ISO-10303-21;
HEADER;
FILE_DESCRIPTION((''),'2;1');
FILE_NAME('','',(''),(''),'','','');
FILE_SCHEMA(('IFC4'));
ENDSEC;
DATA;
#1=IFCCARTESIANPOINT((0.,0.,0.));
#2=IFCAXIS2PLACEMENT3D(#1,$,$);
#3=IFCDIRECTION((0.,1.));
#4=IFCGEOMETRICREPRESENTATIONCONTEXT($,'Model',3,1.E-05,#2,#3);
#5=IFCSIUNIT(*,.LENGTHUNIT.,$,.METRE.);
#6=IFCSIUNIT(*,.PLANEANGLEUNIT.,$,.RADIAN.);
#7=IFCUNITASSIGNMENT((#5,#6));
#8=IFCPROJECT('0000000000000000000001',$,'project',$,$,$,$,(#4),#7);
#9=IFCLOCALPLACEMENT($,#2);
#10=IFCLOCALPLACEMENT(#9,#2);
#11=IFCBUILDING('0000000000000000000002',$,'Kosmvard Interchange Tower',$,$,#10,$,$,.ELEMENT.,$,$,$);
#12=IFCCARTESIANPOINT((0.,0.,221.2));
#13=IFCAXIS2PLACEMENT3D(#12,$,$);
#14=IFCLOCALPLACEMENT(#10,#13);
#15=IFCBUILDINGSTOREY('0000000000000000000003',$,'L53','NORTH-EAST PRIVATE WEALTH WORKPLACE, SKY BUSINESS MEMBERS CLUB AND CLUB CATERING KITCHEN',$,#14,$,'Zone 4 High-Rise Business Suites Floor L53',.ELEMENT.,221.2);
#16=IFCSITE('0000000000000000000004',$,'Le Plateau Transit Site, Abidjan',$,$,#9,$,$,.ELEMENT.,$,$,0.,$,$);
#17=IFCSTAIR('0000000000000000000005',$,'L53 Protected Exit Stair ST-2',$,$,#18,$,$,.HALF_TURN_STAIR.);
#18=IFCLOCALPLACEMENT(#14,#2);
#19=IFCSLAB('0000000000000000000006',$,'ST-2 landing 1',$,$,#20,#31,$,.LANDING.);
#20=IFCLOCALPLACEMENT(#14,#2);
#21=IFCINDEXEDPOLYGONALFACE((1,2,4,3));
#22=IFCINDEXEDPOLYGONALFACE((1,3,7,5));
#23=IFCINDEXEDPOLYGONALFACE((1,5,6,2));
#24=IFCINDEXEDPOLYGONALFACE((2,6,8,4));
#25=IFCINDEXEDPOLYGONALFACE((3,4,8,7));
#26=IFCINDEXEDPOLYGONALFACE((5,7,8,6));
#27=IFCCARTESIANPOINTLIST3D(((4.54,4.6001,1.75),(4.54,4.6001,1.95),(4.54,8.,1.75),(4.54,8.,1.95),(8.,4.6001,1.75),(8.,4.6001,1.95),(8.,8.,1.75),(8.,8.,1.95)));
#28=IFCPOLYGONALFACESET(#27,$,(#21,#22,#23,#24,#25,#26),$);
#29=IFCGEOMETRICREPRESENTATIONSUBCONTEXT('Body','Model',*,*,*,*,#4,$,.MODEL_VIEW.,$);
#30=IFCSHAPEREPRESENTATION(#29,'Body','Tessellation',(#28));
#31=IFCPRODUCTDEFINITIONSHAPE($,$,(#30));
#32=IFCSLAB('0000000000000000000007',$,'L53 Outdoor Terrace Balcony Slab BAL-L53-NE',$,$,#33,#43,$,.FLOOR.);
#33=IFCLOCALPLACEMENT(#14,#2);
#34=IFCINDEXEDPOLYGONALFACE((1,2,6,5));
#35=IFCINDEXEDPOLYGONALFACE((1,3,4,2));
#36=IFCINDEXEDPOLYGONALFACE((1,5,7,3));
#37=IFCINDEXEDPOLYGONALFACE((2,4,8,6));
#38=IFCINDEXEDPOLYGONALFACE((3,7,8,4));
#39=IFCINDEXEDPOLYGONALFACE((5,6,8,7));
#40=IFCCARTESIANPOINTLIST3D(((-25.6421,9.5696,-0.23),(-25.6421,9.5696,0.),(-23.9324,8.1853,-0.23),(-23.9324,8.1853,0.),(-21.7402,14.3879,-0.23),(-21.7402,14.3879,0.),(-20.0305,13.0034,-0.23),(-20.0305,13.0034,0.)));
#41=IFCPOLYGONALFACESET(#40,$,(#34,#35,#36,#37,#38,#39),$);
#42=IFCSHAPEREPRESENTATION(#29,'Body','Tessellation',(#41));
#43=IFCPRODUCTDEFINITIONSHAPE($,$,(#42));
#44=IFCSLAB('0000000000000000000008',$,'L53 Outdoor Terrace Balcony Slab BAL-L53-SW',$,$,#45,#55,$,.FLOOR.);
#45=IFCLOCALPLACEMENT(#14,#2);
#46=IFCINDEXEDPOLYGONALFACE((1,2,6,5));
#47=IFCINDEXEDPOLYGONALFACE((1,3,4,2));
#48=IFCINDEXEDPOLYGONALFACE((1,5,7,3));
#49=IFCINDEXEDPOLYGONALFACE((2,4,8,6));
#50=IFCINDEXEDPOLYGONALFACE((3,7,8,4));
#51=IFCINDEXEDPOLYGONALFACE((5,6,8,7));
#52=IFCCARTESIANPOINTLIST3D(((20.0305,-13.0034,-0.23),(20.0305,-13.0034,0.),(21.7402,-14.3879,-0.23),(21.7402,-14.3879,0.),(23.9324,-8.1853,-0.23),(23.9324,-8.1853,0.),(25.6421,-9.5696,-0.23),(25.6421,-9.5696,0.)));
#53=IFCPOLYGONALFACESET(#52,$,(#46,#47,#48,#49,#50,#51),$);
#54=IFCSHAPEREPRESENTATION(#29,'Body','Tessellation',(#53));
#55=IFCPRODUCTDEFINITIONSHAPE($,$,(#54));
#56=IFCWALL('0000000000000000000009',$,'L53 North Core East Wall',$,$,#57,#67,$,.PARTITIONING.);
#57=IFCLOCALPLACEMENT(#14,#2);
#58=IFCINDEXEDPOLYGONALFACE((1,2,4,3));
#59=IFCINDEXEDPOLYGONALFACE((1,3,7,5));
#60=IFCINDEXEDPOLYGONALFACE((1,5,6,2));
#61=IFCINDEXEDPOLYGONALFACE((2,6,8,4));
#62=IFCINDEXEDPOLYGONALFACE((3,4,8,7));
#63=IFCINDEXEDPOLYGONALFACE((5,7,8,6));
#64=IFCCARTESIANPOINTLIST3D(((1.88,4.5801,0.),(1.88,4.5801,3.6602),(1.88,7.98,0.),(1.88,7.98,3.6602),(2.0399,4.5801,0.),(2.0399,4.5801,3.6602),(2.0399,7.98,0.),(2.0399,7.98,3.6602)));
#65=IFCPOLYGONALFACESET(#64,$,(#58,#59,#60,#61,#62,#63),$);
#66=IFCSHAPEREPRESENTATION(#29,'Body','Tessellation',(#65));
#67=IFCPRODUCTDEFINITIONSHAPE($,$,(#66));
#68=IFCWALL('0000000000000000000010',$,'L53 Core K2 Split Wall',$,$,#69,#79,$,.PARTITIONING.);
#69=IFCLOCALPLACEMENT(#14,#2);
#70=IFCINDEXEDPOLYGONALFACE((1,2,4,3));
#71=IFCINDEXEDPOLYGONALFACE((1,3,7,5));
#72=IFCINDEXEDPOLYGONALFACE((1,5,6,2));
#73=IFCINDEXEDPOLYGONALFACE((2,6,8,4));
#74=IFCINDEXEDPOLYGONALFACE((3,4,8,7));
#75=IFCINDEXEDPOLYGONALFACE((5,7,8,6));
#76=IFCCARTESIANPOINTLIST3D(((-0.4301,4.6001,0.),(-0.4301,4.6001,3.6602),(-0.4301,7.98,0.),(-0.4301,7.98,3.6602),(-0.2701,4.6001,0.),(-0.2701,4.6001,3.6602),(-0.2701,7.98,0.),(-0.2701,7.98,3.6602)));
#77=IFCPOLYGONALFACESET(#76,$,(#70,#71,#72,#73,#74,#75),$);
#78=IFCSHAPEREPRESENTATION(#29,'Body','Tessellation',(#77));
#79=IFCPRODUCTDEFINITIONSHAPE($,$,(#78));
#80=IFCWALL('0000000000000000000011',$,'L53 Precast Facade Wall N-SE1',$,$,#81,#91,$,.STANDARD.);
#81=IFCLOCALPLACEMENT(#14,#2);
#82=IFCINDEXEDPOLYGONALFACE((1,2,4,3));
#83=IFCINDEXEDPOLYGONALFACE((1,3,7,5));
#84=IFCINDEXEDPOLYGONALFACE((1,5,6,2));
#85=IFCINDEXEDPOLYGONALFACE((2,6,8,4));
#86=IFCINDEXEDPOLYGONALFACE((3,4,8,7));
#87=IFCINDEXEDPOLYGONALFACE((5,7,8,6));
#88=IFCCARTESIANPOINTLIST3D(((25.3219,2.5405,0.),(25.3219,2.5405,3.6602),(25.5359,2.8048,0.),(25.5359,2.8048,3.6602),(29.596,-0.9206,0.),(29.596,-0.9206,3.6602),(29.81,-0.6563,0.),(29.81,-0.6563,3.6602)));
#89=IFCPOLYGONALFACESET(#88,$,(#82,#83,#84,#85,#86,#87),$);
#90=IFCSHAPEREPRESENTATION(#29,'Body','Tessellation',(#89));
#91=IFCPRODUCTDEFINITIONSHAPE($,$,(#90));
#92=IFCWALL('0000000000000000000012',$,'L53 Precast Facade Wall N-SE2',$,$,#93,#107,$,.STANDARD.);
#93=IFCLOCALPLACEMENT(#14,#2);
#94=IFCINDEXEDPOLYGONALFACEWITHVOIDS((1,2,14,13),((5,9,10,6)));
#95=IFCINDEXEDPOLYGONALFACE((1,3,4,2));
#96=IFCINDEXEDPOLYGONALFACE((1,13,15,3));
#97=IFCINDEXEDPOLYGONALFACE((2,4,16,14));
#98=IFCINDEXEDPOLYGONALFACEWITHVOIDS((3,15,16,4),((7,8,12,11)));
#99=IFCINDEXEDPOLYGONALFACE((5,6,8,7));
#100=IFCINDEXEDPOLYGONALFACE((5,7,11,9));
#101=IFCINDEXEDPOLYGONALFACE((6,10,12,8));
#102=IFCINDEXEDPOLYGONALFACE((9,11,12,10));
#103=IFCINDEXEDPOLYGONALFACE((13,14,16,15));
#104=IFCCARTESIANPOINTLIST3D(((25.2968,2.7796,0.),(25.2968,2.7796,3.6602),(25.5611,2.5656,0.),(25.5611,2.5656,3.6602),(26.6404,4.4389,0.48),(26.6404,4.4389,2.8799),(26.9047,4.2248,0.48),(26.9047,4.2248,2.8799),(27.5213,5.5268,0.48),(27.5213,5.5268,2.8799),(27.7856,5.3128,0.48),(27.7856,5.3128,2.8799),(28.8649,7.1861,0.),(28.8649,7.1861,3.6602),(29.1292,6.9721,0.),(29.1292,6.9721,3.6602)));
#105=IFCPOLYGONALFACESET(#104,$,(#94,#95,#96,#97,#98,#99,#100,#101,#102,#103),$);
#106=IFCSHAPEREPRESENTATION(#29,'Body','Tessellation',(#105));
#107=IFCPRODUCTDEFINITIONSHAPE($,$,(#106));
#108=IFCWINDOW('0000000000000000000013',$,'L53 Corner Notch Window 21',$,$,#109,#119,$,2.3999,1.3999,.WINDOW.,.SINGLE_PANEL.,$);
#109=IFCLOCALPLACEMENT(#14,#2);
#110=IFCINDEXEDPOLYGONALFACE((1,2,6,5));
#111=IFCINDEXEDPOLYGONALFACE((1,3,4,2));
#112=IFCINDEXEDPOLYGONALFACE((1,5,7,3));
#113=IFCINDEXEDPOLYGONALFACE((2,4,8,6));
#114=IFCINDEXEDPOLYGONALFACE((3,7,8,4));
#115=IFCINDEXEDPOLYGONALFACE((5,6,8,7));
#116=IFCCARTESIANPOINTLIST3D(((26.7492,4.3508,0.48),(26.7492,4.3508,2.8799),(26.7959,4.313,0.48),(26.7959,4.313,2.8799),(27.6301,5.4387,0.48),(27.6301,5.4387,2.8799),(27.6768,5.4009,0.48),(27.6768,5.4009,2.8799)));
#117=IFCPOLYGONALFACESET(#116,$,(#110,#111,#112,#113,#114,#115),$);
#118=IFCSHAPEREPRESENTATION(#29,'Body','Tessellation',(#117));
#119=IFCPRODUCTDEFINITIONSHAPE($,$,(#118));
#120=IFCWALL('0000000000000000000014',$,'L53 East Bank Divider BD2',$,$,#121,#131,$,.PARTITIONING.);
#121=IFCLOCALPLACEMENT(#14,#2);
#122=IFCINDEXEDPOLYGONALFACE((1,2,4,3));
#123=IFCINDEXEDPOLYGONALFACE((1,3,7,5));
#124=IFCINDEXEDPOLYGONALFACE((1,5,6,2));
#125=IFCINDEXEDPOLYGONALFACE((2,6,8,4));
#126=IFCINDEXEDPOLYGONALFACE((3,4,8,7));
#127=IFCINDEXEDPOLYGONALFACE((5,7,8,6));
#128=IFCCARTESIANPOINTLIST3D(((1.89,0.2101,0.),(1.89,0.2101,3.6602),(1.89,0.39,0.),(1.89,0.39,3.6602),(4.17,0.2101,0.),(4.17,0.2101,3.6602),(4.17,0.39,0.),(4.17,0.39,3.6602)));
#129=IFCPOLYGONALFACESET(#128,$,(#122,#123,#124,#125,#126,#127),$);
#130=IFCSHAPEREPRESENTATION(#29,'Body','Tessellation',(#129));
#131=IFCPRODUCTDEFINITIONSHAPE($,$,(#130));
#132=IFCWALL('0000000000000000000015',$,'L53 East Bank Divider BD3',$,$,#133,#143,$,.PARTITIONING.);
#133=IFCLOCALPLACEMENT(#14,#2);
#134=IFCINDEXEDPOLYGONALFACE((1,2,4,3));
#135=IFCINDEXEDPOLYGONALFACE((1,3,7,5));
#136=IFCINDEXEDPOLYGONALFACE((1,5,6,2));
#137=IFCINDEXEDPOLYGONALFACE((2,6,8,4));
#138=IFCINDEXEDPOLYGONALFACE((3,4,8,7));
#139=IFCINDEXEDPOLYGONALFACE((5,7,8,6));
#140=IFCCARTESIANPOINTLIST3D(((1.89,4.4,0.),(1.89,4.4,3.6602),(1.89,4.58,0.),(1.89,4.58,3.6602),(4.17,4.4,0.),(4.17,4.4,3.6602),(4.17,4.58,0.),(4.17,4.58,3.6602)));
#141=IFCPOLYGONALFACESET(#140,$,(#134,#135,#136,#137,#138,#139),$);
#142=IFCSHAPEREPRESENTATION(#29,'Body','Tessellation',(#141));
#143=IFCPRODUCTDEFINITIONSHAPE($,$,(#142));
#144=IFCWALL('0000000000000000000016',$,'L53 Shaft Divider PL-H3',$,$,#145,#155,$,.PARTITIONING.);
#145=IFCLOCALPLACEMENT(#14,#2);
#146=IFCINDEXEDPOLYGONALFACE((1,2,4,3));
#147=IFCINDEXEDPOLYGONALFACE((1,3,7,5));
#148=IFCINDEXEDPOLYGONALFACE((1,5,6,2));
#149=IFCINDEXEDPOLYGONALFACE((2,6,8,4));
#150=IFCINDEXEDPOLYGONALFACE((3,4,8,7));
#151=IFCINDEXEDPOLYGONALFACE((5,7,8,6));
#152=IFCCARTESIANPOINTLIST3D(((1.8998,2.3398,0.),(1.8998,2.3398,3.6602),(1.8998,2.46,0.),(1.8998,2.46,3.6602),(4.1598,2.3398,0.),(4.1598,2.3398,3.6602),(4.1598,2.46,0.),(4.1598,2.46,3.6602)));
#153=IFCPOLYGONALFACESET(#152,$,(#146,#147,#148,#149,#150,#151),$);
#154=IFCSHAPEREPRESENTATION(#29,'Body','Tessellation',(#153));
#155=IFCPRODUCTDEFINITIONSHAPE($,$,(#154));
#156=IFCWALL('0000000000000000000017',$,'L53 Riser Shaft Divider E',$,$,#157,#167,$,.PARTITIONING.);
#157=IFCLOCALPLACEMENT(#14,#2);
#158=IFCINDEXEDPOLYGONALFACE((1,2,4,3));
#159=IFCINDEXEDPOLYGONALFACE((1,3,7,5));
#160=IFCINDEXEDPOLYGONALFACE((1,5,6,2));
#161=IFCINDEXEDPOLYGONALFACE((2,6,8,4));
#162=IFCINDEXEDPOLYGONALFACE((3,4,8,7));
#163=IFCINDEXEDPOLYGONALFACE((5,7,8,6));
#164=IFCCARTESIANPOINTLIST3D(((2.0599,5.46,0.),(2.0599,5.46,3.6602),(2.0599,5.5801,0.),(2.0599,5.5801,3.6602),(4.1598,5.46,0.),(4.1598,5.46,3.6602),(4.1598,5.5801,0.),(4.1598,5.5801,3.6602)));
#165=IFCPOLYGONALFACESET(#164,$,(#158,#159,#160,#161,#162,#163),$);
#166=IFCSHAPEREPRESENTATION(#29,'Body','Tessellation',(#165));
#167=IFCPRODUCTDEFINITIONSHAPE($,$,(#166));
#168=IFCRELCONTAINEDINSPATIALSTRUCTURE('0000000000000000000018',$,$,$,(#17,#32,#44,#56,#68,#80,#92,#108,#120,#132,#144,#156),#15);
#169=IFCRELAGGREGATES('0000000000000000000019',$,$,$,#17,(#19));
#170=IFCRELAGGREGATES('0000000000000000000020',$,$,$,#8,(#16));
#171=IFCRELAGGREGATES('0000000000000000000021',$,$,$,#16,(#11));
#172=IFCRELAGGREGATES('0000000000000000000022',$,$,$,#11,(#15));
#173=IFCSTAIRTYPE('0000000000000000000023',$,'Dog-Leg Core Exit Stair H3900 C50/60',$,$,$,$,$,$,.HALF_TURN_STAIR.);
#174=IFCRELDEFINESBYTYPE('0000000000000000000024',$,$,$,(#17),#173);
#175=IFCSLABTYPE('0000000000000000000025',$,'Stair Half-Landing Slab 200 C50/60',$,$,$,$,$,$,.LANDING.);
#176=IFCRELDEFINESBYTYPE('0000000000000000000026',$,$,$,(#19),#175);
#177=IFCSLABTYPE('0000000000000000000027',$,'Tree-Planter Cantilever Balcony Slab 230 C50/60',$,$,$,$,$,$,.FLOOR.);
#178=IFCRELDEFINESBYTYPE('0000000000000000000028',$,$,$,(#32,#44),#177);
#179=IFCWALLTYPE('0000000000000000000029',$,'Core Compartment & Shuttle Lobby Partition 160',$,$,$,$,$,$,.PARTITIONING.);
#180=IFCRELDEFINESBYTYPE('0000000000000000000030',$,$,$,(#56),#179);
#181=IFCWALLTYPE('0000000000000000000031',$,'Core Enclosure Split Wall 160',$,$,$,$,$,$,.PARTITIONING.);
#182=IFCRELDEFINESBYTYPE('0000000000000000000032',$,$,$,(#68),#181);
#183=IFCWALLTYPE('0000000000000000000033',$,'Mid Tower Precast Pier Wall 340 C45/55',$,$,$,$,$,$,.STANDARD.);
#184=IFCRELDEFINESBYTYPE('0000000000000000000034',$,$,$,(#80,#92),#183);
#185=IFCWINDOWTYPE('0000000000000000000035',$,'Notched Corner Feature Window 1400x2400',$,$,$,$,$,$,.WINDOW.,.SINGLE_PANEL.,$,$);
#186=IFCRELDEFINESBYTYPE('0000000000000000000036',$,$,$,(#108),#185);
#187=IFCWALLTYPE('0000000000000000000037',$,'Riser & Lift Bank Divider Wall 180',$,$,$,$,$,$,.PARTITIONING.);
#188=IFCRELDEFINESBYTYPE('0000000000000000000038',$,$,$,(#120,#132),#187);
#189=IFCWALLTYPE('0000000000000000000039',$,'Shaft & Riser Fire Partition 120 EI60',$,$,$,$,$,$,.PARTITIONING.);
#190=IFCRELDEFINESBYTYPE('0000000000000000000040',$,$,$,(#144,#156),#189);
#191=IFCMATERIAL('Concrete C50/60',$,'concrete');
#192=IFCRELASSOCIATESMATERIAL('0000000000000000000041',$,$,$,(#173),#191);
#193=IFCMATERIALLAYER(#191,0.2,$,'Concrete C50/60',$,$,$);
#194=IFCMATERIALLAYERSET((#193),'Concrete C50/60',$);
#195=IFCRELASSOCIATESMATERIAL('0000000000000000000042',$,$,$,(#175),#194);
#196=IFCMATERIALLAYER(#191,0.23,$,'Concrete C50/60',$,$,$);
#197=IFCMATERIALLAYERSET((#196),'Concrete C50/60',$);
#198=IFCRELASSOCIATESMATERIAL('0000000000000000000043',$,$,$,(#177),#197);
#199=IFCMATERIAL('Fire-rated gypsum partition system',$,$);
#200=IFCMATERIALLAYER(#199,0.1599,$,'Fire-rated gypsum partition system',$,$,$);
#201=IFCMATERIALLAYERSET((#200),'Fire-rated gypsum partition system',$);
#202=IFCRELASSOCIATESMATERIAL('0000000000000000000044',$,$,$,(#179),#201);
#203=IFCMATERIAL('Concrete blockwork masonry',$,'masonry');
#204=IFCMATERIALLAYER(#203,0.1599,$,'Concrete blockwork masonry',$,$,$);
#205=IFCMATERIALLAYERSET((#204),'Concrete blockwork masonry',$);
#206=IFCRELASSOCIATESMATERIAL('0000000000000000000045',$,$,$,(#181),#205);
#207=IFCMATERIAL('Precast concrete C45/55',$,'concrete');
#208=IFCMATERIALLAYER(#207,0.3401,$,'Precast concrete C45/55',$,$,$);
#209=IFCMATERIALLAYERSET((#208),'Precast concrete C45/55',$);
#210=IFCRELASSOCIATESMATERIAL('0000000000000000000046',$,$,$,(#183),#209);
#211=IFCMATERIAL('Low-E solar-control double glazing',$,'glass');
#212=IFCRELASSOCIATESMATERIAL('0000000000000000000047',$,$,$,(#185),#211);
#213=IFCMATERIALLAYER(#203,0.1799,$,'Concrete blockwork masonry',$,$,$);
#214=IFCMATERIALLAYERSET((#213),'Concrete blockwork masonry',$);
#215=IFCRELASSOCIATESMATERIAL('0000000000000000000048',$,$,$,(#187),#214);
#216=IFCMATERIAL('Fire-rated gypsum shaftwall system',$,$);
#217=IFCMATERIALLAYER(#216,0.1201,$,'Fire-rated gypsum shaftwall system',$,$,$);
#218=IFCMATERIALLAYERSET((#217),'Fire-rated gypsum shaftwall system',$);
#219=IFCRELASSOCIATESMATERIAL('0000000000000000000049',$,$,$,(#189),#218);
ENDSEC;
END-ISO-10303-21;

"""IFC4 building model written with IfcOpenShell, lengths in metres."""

from ifc_helpers import new_model, si_unit, direction, frame, frame_2d, origin, place, context, subcontext, project, spatial, polyline, rectangle, outline, extrude, source, transform, mapped, material, layer, layer_set, type_object, element, fill, aggregate, save


model = new_model("IFC4")

# Units and contexts
model_context = context("Model", 3, precision=1e-05, world=origin(), true_north=direction((0.0, 1.0)))
body_context = subcontext(model_context, "Body", "Model", "MODEL_VIEW")
ifc_project = project(units=[si_unit("LENGTHUNIT", "METRE"), si_unit("PLANEANGLEUNIT", "RADIAN")], contexts=[model_context])

# Site, building, storey
site_placement = place(None, origin())
site = spatial("IfcSite", under=ifc_project, at=site_placement, Name="Le Plateau Transit Site, Abidjan", CompositionType="ELEMENT", RefElevation=0.0)
building_placement = place(site_placement, origin())
building = spatial("IfcBuilding", under=site, at=building_placement, Name="Kosmvard Interchange Tower", CompositionType="ELEMENT")
storey_placement = place(building_placement, frame((0.0, 0.0, 221.2)))
storey = spatial("IfcBuildingStorey", under=building, at=storey_placement, Name="L53", Description="NORTH-EAST PRIVATE WEALTH WORKPLACE, SKY BUSINESS MEMBERS CLUB AND CLUB CATERING KITCHEN", LongName="Zone 4 High-Rise Business Suites Floor L53", CompositionType="ELEMENT", Elevation=221.2)

# Shared definitions
ifc_material_1 = material(Name="Precast concrete C45/55", Category="concrete")

# Shared definitions
ifc_material_2 = material(Name="Concrete C50/60", Category="concrete")

# Stair, slab
stair_type = type_object("IfcStairType", Name="Dog-Leg Core Exit Stair H3900 C50/60", PredefinedType="HALF_TURN_STAIR", material=ifc_material_2)
ifc_layer_1 = layer(ifc_material_2, 0.2, Name="Concrete C50/60")
ifc_layer_set_1 = layer_set([ifc_layer_1], Name="Concrete C50/60")
slab_type_1 = type_object("IfcSlabType", Name="Stair Half-Landing Slab 200 C50/60", PredefinedType="LANDING", material=ifc_layer_set_1)
stair_1_placement = place(storey_placement, origin())
stair_1 = element("IfcStair", 1, at=stair_1_placement, inside=storey, type_object=stair_type, Name="L53 Protected Exit Stair ST-2", PredefinedType="HALF_TURN_STAIR")
slab_1_placement = place(storey_placement, frame((0.0, 0.0, 1.75)))
slab_1 = element("IfcSlab", 2, at=slab_1_placement, type_object=slab_type_1, Name="ST-2 landing 1", PredefinedType="LANDING", context=body_context, shape_type="SweptSolid", body=[
    extrude(outline(polyline([(8.0, 4.6001), (8.0, 8.0), (4.54, 8.0), (4.54, 4.6001), (8.0, 4.6001)])), origin(), (0.0, 0.0, 1.0), 0.2),
])

# Slabs
ifc_layer_2 = layer(ifc_material_2, 0.23, Name="Concrete C50/60")
ifc_layer_set_2 = layer_set([ifc_layer_2], Name="Concrete C50/60")
slab_type_2 = type_object("IfcSlabType", Name="Tree-Planter Cantilever Balcony Slab 230 C50/60", PredefinedType="FLOOR", material=ifc_layer_set_2)
slab_2_placement = place(storey_placement, frame((0.0, 0.0, -0.23)))
element("IfcSlab", 3, at=slab_2_placement, inside=storey, type_object=slab_type_2, Name="L53 Outdoor Terrace Balcony Slab BAL-L53-NE", PredefinedType="FLOOR", context=body_context, shape_type="SweptSolid", body=[
    extrude(outline(polyline([(-23.9324, 8.1853), (-20.0305, 13.0034), (-21.7402, 14.3879), (-25.6421, 9.5696), (-23.9324, 8.1853)])), origin(), (0.0, 0.0, 1.0), 0.23),
])
slab_3_placement = place(storey_placement, frame((0.0, 0.0, -0.23)))
element("IfcSlab", 4, at=slab_3_placement, inside=storey, type_object=slab_type_2, Name="L53 Outdoor Terrace Balcony Slab BAL-L53-SW", PredefinedType="FLOOR", context=body_context, shape_type="SweptSolid", body=[
    extrude(outline(polyline([(21.7402, -14.3879), (25.6421, -9.5696), (23.9324, -8.1853), (20.0305, -13.0034), (21.7402, -14.3879)])), origin(), (0.0, 0.0, 1.0), 0.23),
])

# Walls
ifc_material_3 = material(Name="Fire-rated gypsum partition system")
ifc_layer_3 = layer(ifc_material_3, 0.1599, Name="Fire-rated gypsum partition system")
ifc_layer_set_3 = layer_set([ifc_layer_3], Name="Fire-rated gypsum partition system")
wall_type_1 = type_object("IfcWallType", Name="Core Compartment & Shuttle Lobby Partition 160", PredefinedType="PARTITIONING", material=ifc_layer_set_3)
wall_1_placement = place(storey_placement, frame((1.96, 4.5801, 0.0), z_axis=(0.0, 0.0, 1.0), x_axis=(0.0, 1.0, 0.0)))
element("IfcWall", 5, at=wall_1_placement, inside=storey, type_object=wall_type_1, Name="L53 North Core East Wall", PredefinedType="PARTITIONING", context=body_context, shape_type="SweptSolid", body=[
    extrude(rectangle(XDim=3.3999, YDim=0.1599, at=frame_2d((1.7, 0.0))), origin(), (0.0, 0.0, 1.0), 3.6602),
])
ifc_material_4 = material(Name="Concrete blockwork masonry", Category="masonry")
ifc_layer_4 = layer(ifc_material_4, 0.1599, Name="Concrete blockwork masonry")
ifc_layer_set_4 = layer_set([ifc_layer_4], Name="Concrete blockwork masonry")
wall_type_2 = type_object("IfcWallType", Name="Core Enclosure Split Wall 160", PredefinedType="PARTITIONING", material=ifc_layer_set_4)
wall_2_placement = place(storey_placement, frame((-0.3501, 4.6001, 0.0), z_axis=(0.0, 0.0, 1.0), x_axis=(0.0, 1.0, 0.0)))
element("IfcWall", 6, at=wall_2_placement, inside=storey, type_object=wall_type_2, Name="L53 Core K2 Split Wall", PredefinedType="PARTITIONING", context=body_context, shape_type="SweptSolid", body=[
    extrude(rectangle(XDim=3.3799, YDim=0.1599, at=frame_2d((1.6899, 0.0))), origin(), (0.0, 0.0, 1.0), 3.6602),
])
ifc_layer_5 = layer(ifc_material_1, 0.3401, Name="Precast concrete C45/55")
ifc_layer_set_5 = layer_set([ifc_layer_5], Name="Precast concrete C45/55")
wall_type_3 = type_object("IfcWallType", Name="Mid Tower Precast Pier Wall 340 C45/55", PredefinedType="STANDARD", material=ifc_layer_set_5)
wall_3_placement = place(storey_placement, frame((29.7031, -0.7886, 0.0), z_axis=(0.0, 0.0, 1.0), x_axis=(-0.777144, 0.629323, 0.0)))
element("IfcWall", 7, at=wall_3_placement, inside=storey, type_object=wall_type_3, Name="L53 Precast Facade Wall N-SE1", PredefinedType="STANDARD", context=body_context, shape_type="SweptSolid", body=[
    extrude(rectangle(XDim=5.4998, YDim=0.3401, at=frame_2d((2.75, 0.0))), origin(), (0.0, 0.0, 1.0), 3.6602),
])

# Wall, opening, window
wall_4_placement = place(storey_placement, frame((25.429, 2.6726, 0.0), z_axis=(0.0, 0.0, 1.0), x_axis=(0.6293, 0.777163, 0.0)))
wall_4 = element("IfcWall", 8, at=wall_4_placement, inside=storey, type_object=wall_type_3, Name="L53 Precast Facade Wall N-SE2", PredefinedType="STANDARD", context=body_context, shape_type="SweptSolid", body=[
    extrude(rectangle(XDim=5.6699, YDim=0.3401, at=frame_2d((2.835, 0.0))), origin(), (0.0, 0.0, 1.0), 3.6602),
])
opening_1_placement = place(wall_4_placement, frame((2.135, 0.0, 0.48)))
opening_1 = element("IfcOpeningElement", 9, at=opening_1_placement, cuts=wall_4, PredefinedType="OPENING", context=body_context, shape_type="SweptSolid", body=[
    extrude(rectangle(XDim=1.3999, YDim=2.3999, at=frame_2d((0.7, 1.2))), frame((0.0, 0.1802, 0.0), z_axis=(0.0, -1.0, 0.0), x_axis=(1.0, 0.0, 0.0)), (0.0, 0.0, 1.0), 0.3601),
])
ifc_material_5 = material(Name="Low-E solar-control double glazing", Category="glass")
window_type = type_object("IfcWindowType", Name="Notched Corner Feature Window 1400x2400", PartitioningType="SINGLE_PANEL", PredefinedType="WINDOW", material=ifc_material_5)
shared_shape_1 = source(origin(), body_context, "Body", "SweptSolid", [
    extrude(rectangle(XDim=1.3999, YDim=2.3999, at=frame_2d((0.7, 1.2))), frame((0.0, 0.03, 0.0), z_axis=(0.0, -1.0, 0.0), x_axis=(1.0, 0.0, 0.0)), (0.0, 0.0, 1.0), 0.0601),
])
window_placement = place(opening_1_placement, origin())
window = element("IfcWindow", 10, at=window_placement, inside=storey, type_object=window_type, Name="L53 Corner Notch Window 21", OverallHeight=2.3999, OverallWidth=1.3999, PartitioningType="SINGLE_PANEL", PredefinedType="WINDOW", context=body_context, shape_type="MappedRepresentation", body=[
    mapped(shared_shape_1, transform((0.0, 0.0, 0.0), scale=1.0)),
])
fill(opening_1, window)

# Walls
ifc_layer_6 = layer(ifc_material_4, 0.1799, Name="Concrete blockwork masonry")
ifc_layer_set_6 = layer_set([ifc_layer_6], Name="Concrete blockwork masonry")
wall_type_4 = type_object("IfcWallType", Name="Riser & Lift Bank Divider Wall 180", PredefinedType="PARTITIONING", material=ifc_layer_set_6)
for number, where, z_axis, x_axis, name in (
    (11, (1.8899, 0.3, 0.0), (0.0, 0.0, 1.0), (1.0, 0.0, 0.0), "L53 East Bank Divider BD2"),
    (12, (1.8899, 4.49, 0.0), (0.0, 0.0, 1.0), (1.0, 0.0, 0.0), "L53 East Bank Divider BD3"),
):
    element("IfcWall", number, at=place(storey_placement, frame(where, z_axis=z_axis, x_axis=x_axis)), inside=storey, type_object=wall_type_4, Name=name, PredefinedType="PARTITIONING", context=body_context, shape_type="SweptSolid", body=[
        extrude(rectangle(XDim=2.28, YDim=0.1799, at=frame_2d((1.1401, 0.0))), origin(), (0.0, 0.0, 1.0), 3.6602),
    ])
ifc_material_6 = material(Name="Fire-rated gypsum shaftwall system")
ifc_layer_7 = layer(ifc_material_6, 0.1201, Name="Fire-rated gypsum shaftwall system")
ifc_layer_set_7 = layer_set([ifc_layer_7], Name="Fire-rated gypsum shaftwall system")
wall_type_5 = type_object("IfcWallType", Name="Shaft & Riser Fire Partition 120 EI60", PredefinedType="PARTITIONING", material=ifc_layer_set_7)
wall_5_placement = place(storey_placement, frame((1.8999, 2.3999, 0.0), z_axis=(0.0, 0.0, 1.0), x_axis=(1.0, 0.0, 0.0)))
element("IfcWall", 13, at=wall_5_placement, inside=storey, type_object=wall_type_5, Name="L53 Shaft Divider PL-H3", PredefinedType="PARTITIONING", context=body_context, shape_type="SweptSolid", body=[
    extrude(rectangle(XDim=2.26, YDim=0.1201, at=frame_2d((1.1299, 0.0))), origin(), (0.0, 0.0, 1.0), 3.6602),
])
wall_6_placement = place(storey_placement, frame((2.0601, 5.52, 0.0), z_axis=(0.0, 0.0, 1.0), x_axis=(1.0, 0.0, 0.0)))
element("IfcWall", 14, at=wall_6_placement, inside=storey, type_object=wall_type_5, Name="L53 Riser Shaft Divider E", PredefinedType="PARTITIONING", context=body_context, shape_type="SweptSolid", body=[
    extrude(rectangle(XDim=2.0999, YDim=0.1201, at=frame_2d((1.0498, 0.0))), origin(), (0.0, 0.0, 1.0), 3.6602),
])

aggregate(stair_1, [slab_1])

save(model, "model.ifc")
